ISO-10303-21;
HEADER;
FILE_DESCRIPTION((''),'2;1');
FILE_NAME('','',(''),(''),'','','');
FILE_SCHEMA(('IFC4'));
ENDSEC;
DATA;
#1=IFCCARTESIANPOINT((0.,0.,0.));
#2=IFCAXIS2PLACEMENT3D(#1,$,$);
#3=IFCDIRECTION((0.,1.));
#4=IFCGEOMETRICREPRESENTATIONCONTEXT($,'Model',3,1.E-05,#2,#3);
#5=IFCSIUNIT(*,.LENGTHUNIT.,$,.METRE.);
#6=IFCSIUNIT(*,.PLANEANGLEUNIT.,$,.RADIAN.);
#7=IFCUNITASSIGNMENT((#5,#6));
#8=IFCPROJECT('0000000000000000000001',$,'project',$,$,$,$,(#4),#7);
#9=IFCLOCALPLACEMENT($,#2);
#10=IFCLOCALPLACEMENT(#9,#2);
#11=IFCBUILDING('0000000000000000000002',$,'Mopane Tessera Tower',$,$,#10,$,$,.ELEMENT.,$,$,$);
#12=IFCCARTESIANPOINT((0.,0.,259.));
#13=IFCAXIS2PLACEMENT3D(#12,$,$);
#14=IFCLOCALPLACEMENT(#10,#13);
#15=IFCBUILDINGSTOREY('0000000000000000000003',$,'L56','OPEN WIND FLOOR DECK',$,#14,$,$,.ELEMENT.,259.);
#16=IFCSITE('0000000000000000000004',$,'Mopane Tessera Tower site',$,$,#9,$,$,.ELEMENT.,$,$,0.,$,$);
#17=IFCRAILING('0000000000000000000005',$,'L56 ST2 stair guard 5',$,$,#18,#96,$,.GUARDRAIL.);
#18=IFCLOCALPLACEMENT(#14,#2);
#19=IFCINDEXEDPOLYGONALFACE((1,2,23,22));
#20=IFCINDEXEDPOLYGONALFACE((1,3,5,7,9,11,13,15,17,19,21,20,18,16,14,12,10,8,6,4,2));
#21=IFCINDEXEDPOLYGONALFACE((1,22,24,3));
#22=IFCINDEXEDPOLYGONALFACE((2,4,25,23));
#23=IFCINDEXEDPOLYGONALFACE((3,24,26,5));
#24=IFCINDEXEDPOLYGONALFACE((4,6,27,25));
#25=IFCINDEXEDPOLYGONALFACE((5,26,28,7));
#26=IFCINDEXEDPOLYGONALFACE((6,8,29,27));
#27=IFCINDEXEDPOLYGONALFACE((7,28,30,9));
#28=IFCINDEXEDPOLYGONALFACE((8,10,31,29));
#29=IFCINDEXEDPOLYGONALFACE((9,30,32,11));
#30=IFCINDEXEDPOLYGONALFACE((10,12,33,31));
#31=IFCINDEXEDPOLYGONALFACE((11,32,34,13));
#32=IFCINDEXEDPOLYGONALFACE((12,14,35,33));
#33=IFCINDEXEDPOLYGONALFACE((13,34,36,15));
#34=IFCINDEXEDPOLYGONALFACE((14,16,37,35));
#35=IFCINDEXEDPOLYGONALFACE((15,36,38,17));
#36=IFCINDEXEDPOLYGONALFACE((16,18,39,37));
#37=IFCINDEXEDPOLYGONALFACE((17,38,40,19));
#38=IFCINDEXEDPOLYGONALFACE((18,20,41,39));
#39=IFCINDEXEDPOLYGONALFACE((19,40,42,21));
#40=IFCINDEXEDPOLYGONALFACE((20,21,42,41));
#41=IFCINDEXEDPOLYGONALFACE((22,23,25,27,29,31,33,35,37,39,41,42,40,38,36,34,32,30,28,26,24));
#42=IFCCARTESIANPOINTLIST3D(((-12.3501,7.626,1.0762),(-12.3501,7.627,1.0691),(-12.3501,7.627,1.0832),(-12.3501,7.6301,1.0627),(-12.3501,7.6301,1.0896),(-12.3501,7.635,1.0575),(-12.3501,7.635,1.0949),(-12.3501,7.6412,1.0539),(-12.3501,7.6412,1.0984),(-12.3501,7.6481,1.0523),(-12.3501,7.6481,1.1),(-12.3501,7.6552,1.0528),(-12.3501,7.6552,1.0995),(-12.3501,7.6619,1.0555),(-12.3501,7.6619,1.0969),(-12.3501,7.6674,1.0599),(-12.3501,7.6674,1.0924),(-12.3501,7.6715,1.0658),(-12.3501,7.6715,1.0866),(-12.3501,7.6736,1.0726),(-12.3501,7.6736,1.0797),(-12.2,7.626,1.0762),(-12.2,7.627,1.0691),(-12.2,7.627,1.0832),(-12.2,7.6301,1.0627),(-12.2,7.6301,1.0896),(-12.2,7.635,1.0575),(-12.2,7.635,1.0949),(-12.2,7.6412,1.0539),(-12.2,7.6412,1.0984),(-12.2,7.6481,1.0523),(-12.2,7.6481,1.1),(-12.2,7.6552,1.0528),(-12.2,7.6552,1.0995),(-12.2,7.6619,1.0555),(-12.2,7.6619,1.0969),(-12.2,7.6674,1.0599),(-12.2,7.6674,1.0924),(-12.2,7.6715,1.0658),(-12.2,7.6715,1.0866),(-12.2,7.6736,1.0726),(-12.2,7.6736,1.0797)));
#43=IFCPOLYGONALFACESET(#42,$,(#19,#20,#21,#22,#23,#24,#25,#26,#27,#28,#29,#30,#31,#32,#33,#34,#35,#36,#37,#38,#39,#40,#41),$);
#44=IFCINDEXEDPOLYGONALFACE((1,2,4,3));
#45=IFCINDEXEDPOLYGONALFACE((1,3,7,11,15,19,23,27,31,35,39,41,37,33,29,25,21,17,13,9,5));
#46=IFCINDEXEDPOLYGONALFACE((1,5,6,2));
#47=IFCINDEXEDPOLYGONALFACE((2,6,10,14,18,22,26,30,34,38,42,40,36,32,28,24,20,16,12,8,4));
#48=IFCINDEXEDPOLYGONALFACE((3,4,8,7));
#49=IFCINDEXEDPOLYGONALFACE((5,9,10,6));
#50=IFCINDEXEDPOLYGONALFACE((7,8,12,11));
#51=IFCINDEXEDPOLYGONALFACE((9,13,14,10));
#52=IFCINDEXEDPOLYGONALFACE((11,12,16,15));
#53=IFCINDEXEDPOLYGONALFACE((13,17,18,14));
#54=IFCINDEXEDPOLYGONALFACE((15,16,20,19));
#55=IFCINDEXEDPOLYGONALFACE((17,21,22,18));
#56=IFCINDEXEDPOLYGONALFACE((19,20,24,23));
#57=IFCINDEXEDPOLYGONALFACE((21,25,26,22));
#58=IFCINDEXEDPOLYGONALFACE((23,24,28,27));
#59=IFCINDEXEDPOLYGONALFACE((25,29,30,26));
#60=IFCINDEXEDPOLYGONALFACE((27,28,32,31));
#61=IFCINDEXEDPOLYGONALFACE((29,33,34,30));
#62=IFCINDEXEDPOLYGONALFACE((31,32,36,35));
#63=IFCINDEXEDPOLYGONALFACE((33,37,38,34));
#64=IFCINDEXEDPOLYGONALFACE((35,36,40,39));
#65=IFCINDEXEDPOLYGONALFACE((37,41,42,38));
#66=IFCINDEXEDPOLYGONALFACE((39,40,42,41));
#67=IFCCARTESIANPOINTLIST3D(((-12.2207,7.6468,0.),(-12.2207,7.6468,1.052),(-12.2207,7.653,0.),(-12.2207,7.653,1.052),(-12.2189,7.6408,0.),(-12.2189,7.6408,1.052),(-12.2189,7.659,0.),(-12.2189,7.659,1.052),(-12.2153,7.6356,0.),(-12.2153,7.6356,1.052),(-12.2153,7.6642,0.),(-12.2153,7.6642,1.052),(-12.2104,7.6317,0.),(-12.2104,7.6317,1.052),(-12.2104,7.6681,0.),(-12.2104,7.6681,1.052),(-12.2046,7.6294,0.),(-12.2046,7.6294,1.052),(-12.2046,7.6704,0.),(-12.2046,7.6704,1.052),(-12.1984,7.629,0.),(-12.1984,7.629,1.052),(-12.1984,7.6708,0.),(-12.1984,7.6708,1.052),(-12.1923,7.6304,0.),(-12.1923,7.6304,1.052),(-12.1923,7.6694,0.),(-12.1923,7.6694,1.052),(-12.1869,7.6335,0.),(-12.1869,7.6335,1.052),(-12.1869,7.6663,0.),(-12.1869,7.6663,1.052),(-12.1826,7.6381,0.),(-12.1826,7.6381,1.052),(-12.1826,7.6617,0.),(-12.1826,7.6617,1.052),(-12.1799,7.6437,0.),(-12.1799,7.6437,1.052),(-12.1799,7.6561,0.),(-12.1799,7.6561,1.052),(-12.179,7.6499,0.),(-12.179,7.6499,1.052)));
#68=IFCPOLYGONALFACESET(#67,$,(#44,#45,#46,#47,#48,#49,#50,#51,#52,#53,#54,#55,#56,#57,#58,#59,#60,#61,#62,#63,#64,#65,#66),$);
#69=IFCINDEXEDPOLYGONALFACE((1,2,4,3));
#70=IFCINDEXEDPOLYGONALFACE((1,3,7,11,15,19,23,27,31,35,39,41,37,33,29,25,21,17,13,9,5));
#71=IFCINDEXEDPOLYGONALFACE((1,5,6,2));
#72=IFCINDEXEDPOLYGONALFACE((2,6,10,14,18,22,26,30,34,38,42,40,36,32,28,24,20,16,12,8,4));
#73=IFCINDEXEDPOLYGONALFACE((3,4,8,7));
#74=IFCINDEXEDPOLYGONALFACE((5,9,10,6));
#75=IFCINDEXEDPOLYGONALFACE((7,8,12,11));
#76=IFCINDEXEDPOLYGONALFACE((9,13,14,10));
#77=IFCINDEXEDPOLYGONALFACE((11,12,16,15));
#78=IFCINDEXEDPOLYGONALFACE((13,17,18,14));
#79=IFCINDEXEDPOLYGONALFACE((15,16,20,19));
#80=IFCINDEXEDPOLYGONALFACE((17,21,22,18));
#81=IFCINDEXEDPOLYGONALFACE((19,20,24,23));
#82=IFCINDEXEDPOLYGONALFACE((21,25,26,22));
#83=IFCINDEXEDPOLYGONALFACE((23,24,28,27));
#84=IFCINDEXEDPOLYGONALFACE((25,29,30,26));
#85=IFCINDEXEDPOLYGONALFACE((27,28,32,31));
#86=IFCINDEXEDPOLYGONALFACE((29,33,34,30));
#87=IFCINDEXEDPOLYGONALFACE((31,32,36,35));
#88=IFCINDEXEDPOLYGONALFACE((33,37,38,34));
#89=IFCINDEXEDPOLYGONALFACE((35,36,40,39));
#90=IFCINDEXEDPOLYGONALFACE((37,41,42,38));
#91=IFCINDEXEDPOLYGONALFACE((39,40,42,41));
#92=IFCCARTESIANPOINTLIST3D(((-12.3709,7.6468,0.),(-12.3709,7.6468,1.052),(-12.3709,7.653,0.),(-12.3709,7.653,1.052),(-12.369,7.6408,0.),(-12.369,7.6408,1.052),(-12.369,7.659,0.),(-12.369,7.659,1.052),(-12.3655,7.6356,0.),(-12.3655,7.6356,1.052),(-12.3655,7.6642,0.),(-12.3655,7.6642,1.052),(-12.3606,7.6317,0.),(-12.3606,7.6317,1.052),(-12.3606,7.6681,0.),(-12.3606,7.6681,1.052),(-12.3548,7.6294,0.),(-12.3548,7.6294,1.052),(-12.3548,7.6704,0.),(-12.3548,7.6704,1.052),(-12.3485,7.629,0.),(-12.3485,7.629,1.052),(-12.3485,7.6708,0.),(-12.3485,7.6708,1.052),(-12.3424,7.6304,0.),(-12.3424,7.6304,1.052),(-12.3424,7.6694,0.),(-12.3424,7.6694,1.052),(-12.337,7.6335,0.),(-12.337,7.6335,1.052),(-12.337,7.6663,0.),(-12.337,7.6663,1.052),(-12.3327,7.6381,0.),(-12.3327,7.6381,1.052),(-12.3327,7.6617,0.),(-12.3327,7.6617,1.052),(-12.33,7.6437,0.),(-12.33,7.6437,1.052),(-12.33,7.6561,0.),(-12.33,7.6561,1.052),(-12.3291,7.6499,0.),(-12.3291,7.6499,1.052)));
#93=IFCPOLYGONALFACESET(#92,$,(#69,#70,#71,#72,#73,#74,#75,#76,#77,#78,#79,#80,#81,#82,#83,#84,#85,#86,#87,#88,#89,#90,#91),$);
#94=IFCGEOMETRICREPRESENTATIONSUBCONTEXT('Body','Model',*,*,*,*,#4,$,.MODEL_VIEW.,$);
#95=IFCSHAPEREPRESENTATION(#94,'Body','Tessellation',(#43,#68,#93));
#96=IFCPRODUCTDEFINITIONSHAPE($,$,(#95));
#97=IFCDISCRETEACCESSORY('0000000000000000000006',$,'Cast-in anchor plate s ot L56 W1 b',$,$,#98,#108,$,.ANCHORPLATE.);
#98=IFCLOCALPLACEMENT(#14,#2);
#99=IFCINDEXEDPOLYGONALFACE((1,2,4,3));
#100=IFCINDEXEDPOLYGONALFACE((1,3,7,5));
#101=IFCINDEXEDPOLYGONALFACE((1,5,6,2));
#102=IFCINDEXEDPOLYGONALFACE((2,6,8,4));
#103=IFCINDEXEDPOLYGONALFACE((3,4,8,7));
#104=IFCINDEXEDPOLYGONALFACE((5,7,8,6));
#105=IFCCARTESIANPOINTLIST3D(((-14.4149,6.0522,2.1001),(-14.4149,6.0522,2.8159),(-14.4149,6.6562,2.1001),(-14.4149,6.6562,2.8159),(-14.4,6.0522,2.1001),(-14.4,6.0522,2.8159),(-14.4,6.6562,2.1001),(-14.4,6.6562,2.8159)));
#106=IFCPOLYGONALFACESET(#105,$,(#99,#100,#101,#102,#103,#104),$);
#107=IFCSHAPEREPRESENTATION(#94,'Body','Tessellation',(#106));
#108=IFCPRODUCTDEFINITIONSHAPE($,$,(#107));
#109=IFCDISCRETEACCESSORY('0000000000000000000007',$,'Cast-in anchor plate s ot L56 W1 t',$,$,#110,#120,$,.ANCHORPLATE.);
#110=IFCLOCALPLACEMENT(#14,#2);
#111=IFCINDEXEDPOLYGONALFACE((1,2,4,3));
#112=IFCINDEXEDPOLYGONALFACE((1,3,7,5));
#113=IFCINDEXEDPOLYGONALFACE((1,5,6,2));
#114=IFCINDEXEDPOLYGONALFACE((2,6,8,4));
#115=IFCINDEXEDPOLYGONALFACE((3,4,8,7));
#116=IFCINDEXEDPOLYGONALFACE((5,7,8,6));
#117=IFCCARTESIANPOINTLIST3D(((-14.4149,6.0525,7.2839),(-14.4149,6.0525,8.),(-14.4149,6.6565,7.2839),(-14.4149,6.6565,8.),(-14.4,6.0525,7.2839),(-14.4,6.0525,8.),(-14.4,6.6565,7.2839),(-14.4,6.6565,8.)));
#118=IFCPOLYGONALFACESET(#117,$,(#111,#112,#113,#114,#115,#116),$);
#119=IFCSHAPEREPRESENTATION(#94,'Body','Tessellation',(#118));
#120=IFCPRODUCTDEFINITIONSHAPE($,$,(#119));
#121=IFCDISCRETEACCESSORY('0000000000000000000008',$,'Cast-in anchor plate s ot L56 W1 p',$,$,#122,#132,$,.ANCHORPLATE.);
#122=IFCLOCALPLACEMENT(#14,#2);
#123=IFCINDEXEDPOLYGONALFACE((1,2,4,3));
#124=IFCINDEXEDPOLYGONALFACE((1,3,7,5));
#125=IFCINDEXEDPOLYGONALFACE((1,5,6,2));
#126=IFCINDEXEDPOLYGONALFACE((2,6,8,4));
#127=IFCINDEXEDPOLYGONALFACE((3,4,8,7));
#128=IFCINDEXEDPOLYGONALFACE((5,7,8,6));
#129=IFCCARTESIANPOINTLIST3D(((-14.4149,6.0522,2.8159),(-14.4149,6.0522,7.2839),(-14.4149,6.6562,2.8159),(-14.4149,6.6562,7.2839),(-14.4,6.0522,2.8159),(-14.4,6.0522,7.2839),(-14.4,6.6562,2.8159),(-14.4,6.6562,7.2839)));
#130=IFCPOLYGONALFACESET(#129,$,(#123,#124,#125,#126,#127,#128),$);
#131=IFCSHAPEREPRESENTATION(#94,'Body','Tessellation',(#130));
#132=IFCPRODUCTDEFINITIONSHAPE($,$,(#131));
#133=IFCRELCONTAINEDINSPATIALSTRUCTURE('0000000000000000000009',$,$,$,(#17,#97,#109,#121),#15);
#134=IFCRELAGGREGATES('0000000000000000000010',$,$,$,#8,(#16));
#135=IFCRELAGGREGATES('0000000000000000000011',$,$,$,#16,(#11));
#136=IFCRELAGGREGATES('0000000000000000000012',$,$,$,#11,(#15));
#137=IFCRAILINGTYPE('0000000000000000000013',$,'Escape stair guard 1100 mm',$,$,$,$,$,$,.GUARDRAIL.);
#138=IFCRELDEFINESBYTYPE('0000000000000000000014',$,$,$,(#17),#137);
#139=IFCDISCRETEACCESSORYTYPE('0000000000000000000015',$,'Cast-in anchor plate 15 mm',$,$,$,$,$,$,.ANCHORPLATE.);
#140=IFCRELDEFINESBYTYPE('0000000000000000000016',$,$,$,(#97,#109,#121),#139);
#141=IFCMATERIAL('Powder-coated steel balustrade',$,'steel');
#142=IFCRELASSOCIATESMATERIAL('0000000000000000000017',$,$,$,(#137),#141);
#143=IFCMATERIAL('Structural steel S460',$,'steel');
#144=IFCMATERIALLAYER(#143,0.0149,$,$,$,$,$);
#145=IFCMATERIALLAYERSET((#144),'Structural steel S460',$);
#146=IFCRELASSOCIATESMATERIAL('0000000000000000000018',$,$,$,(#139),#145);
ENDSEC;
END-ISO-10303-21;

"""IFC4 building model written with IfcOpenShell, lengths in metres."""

from ifc_helpers import new_model, si_unit, direction, frame, origin, origin_2d, place, context, subcontext, project, spatial, rectangle, circle, extrude, material, layer, layer_set, type_object, element, save


model = new_model("IFC4")

# Units and contexts
model_context = context("Model", 3, precision=1e-05, world=origin(), true_north=direction((0.0, 1.0)))
body_context = subcontext(model_context, "Body", "Model", "MODEL_VIEW")
ifc_project = project(units=[si_unit("LENGTHUNIT", "METRE"), si_unit("PLANEANGLEUNIT", "RADIAN")], contexts=[model_context])

# Site, building, storey
site_placement = place(None, origin())
site = spatial("IfcSite", under=ifc_project, at=site_placement, Name="Mopane Tessera Tower site", CompositionType="ELEMENT", RefElevation=0.0)
building_placement = place(site_placement, origin())
building = spatial("IfcBuilding", under=site, at=building_placement, Name="Mopane Tessera Tower", CompositionType="ELEMENT")
storey_placement = place(building_placement, frame((0.0, 0.0, 259.0)))
storey = spatial("IfcBuildingStorey", under=building, at=storey_placement, Name="L56", Description="OPEN WIND FLOOR DECK", CompositionType="ELEMENT", Elevation=259.0)

# Railing
ifc_material_1 = material(Name="Powder-coated steel balustrade", Category="steel")
railing_type = type_object("IfcRailingType", Name="Escape stair guard 1100 mm", PredefinedType="GUARDRAIL", material=ifc_material_1)
railing_placement = place(storey_placement, frame((-12.2, 7.6499, 0.0)))
element("IfcRailing", 1, at=railing_placement, inside=storey, type_object=railing_type, Name="L56 ST2 stair guard 5", PredefinedType="GUARDRAIL", context=body_context, shape_type="SweptSolid", body=[
    extrude(circle(Radius=0.0239, at=origin_2d()), frame((0.0, 0.0, 1.0762), z_axis=(-1.0, 0.0, 0.0), x_axis=(0.0, -1.0, 0.0)), (0.0, 0.0, 1.0), 0.1501),
    extrude(circle(Radius=0.021, at=origin_2d()), origin(), (0.0, 0.0, 1.0), 1.052),
    extrude(circle(Radius=0.021, at=origin_2d()), frame((-0.1501, 0.0, 0.0)), (0.0, 0.0, 1.0), 1.052),
])

# Discrete accessories
ifc_material_2 = material(Name="Structural steel S460", Category="steel")
ifc_layer_1 = layer(ifc_material_2, 0.0149)
ifc_layer_set_1 = layer_set([ifc_layer_1], Name="Structural steel S460")
discrete_accessory_type = type_object("IfcDiscreteAccessoryType", Name="Cast-in anchor plate 15 mm", PredefinedType="ANCHORPLATE", material=ifc_layer_set_1)
discrete_accessory_1_placement = place(storey_placement, frame((-14.4075, 6.3542, 2.1001), z_axis=(0.0, 0.0, 1.0), x_axis=(-1.0, 0.0, 0.0)))
element("IfcDiscreteAccessory", 2, at=discrete_accessory_1_placement, inside=storey, type_object=discrete_accessory_type, Name="Cast-in anchor plate s ot L56 W1 b", PredefinedType="ANCHORPLATE", context=body_context, shape_type="SweptSolid", body=[
    extrude(rectangle(XDim=0.0149, YDim=0.604, at=origin_2d()), origin(), (0.0, 0.0, 1.0), 0.7158),
])
discrete_accessory_2_placement = place(storey_placement, frame((-14.4075, 6.3545, 7.2839), z_axis=(0.0, 0.0, 1.0), x_axis=(-1.0, 0.0, 0.0)))
element("IfcDiscreteAccessory", 3, at=discrete_accessory_2_placement, inside=storey, type_object=discrete_accessory_type, Name="Cast-in anchor plate s ot L56 W1 t", PredefinedType="ANCHORPLATE", context=body_context, shape_type="SweptSolid", body=[
    extrude(rectangle(XDim=0.0149, YDim=0.604, at=origin_2d()), origin(), (0.0, 0.0, 1.0), 0.7161),
])
discrete_accessory_3_placement = place(storey_placement, frame((-14.4075, 6.3542, 2.8159), z_axis=(0.0, 0.0, 1.0), x_axis=(-1.0, 0.0, 0.0)))
element("IfcDiscreteAccessory", 4, at=discrete_accessory_3_placement, inside=storey, type_object=discrete_accessory_type, Name="Cast-in anchor plate s ot L56 W1 p", PredefinedType="ANCHORPLATE", context=body_context, shape_type="SweptSolid", body=[
    extrude(rectangle(XDim=0.0149, YDim=0.604, at=origin_2d()), origin(), (0.0, 0.0, 1.0), 4.468),
])

save(model, "model.ifc")
